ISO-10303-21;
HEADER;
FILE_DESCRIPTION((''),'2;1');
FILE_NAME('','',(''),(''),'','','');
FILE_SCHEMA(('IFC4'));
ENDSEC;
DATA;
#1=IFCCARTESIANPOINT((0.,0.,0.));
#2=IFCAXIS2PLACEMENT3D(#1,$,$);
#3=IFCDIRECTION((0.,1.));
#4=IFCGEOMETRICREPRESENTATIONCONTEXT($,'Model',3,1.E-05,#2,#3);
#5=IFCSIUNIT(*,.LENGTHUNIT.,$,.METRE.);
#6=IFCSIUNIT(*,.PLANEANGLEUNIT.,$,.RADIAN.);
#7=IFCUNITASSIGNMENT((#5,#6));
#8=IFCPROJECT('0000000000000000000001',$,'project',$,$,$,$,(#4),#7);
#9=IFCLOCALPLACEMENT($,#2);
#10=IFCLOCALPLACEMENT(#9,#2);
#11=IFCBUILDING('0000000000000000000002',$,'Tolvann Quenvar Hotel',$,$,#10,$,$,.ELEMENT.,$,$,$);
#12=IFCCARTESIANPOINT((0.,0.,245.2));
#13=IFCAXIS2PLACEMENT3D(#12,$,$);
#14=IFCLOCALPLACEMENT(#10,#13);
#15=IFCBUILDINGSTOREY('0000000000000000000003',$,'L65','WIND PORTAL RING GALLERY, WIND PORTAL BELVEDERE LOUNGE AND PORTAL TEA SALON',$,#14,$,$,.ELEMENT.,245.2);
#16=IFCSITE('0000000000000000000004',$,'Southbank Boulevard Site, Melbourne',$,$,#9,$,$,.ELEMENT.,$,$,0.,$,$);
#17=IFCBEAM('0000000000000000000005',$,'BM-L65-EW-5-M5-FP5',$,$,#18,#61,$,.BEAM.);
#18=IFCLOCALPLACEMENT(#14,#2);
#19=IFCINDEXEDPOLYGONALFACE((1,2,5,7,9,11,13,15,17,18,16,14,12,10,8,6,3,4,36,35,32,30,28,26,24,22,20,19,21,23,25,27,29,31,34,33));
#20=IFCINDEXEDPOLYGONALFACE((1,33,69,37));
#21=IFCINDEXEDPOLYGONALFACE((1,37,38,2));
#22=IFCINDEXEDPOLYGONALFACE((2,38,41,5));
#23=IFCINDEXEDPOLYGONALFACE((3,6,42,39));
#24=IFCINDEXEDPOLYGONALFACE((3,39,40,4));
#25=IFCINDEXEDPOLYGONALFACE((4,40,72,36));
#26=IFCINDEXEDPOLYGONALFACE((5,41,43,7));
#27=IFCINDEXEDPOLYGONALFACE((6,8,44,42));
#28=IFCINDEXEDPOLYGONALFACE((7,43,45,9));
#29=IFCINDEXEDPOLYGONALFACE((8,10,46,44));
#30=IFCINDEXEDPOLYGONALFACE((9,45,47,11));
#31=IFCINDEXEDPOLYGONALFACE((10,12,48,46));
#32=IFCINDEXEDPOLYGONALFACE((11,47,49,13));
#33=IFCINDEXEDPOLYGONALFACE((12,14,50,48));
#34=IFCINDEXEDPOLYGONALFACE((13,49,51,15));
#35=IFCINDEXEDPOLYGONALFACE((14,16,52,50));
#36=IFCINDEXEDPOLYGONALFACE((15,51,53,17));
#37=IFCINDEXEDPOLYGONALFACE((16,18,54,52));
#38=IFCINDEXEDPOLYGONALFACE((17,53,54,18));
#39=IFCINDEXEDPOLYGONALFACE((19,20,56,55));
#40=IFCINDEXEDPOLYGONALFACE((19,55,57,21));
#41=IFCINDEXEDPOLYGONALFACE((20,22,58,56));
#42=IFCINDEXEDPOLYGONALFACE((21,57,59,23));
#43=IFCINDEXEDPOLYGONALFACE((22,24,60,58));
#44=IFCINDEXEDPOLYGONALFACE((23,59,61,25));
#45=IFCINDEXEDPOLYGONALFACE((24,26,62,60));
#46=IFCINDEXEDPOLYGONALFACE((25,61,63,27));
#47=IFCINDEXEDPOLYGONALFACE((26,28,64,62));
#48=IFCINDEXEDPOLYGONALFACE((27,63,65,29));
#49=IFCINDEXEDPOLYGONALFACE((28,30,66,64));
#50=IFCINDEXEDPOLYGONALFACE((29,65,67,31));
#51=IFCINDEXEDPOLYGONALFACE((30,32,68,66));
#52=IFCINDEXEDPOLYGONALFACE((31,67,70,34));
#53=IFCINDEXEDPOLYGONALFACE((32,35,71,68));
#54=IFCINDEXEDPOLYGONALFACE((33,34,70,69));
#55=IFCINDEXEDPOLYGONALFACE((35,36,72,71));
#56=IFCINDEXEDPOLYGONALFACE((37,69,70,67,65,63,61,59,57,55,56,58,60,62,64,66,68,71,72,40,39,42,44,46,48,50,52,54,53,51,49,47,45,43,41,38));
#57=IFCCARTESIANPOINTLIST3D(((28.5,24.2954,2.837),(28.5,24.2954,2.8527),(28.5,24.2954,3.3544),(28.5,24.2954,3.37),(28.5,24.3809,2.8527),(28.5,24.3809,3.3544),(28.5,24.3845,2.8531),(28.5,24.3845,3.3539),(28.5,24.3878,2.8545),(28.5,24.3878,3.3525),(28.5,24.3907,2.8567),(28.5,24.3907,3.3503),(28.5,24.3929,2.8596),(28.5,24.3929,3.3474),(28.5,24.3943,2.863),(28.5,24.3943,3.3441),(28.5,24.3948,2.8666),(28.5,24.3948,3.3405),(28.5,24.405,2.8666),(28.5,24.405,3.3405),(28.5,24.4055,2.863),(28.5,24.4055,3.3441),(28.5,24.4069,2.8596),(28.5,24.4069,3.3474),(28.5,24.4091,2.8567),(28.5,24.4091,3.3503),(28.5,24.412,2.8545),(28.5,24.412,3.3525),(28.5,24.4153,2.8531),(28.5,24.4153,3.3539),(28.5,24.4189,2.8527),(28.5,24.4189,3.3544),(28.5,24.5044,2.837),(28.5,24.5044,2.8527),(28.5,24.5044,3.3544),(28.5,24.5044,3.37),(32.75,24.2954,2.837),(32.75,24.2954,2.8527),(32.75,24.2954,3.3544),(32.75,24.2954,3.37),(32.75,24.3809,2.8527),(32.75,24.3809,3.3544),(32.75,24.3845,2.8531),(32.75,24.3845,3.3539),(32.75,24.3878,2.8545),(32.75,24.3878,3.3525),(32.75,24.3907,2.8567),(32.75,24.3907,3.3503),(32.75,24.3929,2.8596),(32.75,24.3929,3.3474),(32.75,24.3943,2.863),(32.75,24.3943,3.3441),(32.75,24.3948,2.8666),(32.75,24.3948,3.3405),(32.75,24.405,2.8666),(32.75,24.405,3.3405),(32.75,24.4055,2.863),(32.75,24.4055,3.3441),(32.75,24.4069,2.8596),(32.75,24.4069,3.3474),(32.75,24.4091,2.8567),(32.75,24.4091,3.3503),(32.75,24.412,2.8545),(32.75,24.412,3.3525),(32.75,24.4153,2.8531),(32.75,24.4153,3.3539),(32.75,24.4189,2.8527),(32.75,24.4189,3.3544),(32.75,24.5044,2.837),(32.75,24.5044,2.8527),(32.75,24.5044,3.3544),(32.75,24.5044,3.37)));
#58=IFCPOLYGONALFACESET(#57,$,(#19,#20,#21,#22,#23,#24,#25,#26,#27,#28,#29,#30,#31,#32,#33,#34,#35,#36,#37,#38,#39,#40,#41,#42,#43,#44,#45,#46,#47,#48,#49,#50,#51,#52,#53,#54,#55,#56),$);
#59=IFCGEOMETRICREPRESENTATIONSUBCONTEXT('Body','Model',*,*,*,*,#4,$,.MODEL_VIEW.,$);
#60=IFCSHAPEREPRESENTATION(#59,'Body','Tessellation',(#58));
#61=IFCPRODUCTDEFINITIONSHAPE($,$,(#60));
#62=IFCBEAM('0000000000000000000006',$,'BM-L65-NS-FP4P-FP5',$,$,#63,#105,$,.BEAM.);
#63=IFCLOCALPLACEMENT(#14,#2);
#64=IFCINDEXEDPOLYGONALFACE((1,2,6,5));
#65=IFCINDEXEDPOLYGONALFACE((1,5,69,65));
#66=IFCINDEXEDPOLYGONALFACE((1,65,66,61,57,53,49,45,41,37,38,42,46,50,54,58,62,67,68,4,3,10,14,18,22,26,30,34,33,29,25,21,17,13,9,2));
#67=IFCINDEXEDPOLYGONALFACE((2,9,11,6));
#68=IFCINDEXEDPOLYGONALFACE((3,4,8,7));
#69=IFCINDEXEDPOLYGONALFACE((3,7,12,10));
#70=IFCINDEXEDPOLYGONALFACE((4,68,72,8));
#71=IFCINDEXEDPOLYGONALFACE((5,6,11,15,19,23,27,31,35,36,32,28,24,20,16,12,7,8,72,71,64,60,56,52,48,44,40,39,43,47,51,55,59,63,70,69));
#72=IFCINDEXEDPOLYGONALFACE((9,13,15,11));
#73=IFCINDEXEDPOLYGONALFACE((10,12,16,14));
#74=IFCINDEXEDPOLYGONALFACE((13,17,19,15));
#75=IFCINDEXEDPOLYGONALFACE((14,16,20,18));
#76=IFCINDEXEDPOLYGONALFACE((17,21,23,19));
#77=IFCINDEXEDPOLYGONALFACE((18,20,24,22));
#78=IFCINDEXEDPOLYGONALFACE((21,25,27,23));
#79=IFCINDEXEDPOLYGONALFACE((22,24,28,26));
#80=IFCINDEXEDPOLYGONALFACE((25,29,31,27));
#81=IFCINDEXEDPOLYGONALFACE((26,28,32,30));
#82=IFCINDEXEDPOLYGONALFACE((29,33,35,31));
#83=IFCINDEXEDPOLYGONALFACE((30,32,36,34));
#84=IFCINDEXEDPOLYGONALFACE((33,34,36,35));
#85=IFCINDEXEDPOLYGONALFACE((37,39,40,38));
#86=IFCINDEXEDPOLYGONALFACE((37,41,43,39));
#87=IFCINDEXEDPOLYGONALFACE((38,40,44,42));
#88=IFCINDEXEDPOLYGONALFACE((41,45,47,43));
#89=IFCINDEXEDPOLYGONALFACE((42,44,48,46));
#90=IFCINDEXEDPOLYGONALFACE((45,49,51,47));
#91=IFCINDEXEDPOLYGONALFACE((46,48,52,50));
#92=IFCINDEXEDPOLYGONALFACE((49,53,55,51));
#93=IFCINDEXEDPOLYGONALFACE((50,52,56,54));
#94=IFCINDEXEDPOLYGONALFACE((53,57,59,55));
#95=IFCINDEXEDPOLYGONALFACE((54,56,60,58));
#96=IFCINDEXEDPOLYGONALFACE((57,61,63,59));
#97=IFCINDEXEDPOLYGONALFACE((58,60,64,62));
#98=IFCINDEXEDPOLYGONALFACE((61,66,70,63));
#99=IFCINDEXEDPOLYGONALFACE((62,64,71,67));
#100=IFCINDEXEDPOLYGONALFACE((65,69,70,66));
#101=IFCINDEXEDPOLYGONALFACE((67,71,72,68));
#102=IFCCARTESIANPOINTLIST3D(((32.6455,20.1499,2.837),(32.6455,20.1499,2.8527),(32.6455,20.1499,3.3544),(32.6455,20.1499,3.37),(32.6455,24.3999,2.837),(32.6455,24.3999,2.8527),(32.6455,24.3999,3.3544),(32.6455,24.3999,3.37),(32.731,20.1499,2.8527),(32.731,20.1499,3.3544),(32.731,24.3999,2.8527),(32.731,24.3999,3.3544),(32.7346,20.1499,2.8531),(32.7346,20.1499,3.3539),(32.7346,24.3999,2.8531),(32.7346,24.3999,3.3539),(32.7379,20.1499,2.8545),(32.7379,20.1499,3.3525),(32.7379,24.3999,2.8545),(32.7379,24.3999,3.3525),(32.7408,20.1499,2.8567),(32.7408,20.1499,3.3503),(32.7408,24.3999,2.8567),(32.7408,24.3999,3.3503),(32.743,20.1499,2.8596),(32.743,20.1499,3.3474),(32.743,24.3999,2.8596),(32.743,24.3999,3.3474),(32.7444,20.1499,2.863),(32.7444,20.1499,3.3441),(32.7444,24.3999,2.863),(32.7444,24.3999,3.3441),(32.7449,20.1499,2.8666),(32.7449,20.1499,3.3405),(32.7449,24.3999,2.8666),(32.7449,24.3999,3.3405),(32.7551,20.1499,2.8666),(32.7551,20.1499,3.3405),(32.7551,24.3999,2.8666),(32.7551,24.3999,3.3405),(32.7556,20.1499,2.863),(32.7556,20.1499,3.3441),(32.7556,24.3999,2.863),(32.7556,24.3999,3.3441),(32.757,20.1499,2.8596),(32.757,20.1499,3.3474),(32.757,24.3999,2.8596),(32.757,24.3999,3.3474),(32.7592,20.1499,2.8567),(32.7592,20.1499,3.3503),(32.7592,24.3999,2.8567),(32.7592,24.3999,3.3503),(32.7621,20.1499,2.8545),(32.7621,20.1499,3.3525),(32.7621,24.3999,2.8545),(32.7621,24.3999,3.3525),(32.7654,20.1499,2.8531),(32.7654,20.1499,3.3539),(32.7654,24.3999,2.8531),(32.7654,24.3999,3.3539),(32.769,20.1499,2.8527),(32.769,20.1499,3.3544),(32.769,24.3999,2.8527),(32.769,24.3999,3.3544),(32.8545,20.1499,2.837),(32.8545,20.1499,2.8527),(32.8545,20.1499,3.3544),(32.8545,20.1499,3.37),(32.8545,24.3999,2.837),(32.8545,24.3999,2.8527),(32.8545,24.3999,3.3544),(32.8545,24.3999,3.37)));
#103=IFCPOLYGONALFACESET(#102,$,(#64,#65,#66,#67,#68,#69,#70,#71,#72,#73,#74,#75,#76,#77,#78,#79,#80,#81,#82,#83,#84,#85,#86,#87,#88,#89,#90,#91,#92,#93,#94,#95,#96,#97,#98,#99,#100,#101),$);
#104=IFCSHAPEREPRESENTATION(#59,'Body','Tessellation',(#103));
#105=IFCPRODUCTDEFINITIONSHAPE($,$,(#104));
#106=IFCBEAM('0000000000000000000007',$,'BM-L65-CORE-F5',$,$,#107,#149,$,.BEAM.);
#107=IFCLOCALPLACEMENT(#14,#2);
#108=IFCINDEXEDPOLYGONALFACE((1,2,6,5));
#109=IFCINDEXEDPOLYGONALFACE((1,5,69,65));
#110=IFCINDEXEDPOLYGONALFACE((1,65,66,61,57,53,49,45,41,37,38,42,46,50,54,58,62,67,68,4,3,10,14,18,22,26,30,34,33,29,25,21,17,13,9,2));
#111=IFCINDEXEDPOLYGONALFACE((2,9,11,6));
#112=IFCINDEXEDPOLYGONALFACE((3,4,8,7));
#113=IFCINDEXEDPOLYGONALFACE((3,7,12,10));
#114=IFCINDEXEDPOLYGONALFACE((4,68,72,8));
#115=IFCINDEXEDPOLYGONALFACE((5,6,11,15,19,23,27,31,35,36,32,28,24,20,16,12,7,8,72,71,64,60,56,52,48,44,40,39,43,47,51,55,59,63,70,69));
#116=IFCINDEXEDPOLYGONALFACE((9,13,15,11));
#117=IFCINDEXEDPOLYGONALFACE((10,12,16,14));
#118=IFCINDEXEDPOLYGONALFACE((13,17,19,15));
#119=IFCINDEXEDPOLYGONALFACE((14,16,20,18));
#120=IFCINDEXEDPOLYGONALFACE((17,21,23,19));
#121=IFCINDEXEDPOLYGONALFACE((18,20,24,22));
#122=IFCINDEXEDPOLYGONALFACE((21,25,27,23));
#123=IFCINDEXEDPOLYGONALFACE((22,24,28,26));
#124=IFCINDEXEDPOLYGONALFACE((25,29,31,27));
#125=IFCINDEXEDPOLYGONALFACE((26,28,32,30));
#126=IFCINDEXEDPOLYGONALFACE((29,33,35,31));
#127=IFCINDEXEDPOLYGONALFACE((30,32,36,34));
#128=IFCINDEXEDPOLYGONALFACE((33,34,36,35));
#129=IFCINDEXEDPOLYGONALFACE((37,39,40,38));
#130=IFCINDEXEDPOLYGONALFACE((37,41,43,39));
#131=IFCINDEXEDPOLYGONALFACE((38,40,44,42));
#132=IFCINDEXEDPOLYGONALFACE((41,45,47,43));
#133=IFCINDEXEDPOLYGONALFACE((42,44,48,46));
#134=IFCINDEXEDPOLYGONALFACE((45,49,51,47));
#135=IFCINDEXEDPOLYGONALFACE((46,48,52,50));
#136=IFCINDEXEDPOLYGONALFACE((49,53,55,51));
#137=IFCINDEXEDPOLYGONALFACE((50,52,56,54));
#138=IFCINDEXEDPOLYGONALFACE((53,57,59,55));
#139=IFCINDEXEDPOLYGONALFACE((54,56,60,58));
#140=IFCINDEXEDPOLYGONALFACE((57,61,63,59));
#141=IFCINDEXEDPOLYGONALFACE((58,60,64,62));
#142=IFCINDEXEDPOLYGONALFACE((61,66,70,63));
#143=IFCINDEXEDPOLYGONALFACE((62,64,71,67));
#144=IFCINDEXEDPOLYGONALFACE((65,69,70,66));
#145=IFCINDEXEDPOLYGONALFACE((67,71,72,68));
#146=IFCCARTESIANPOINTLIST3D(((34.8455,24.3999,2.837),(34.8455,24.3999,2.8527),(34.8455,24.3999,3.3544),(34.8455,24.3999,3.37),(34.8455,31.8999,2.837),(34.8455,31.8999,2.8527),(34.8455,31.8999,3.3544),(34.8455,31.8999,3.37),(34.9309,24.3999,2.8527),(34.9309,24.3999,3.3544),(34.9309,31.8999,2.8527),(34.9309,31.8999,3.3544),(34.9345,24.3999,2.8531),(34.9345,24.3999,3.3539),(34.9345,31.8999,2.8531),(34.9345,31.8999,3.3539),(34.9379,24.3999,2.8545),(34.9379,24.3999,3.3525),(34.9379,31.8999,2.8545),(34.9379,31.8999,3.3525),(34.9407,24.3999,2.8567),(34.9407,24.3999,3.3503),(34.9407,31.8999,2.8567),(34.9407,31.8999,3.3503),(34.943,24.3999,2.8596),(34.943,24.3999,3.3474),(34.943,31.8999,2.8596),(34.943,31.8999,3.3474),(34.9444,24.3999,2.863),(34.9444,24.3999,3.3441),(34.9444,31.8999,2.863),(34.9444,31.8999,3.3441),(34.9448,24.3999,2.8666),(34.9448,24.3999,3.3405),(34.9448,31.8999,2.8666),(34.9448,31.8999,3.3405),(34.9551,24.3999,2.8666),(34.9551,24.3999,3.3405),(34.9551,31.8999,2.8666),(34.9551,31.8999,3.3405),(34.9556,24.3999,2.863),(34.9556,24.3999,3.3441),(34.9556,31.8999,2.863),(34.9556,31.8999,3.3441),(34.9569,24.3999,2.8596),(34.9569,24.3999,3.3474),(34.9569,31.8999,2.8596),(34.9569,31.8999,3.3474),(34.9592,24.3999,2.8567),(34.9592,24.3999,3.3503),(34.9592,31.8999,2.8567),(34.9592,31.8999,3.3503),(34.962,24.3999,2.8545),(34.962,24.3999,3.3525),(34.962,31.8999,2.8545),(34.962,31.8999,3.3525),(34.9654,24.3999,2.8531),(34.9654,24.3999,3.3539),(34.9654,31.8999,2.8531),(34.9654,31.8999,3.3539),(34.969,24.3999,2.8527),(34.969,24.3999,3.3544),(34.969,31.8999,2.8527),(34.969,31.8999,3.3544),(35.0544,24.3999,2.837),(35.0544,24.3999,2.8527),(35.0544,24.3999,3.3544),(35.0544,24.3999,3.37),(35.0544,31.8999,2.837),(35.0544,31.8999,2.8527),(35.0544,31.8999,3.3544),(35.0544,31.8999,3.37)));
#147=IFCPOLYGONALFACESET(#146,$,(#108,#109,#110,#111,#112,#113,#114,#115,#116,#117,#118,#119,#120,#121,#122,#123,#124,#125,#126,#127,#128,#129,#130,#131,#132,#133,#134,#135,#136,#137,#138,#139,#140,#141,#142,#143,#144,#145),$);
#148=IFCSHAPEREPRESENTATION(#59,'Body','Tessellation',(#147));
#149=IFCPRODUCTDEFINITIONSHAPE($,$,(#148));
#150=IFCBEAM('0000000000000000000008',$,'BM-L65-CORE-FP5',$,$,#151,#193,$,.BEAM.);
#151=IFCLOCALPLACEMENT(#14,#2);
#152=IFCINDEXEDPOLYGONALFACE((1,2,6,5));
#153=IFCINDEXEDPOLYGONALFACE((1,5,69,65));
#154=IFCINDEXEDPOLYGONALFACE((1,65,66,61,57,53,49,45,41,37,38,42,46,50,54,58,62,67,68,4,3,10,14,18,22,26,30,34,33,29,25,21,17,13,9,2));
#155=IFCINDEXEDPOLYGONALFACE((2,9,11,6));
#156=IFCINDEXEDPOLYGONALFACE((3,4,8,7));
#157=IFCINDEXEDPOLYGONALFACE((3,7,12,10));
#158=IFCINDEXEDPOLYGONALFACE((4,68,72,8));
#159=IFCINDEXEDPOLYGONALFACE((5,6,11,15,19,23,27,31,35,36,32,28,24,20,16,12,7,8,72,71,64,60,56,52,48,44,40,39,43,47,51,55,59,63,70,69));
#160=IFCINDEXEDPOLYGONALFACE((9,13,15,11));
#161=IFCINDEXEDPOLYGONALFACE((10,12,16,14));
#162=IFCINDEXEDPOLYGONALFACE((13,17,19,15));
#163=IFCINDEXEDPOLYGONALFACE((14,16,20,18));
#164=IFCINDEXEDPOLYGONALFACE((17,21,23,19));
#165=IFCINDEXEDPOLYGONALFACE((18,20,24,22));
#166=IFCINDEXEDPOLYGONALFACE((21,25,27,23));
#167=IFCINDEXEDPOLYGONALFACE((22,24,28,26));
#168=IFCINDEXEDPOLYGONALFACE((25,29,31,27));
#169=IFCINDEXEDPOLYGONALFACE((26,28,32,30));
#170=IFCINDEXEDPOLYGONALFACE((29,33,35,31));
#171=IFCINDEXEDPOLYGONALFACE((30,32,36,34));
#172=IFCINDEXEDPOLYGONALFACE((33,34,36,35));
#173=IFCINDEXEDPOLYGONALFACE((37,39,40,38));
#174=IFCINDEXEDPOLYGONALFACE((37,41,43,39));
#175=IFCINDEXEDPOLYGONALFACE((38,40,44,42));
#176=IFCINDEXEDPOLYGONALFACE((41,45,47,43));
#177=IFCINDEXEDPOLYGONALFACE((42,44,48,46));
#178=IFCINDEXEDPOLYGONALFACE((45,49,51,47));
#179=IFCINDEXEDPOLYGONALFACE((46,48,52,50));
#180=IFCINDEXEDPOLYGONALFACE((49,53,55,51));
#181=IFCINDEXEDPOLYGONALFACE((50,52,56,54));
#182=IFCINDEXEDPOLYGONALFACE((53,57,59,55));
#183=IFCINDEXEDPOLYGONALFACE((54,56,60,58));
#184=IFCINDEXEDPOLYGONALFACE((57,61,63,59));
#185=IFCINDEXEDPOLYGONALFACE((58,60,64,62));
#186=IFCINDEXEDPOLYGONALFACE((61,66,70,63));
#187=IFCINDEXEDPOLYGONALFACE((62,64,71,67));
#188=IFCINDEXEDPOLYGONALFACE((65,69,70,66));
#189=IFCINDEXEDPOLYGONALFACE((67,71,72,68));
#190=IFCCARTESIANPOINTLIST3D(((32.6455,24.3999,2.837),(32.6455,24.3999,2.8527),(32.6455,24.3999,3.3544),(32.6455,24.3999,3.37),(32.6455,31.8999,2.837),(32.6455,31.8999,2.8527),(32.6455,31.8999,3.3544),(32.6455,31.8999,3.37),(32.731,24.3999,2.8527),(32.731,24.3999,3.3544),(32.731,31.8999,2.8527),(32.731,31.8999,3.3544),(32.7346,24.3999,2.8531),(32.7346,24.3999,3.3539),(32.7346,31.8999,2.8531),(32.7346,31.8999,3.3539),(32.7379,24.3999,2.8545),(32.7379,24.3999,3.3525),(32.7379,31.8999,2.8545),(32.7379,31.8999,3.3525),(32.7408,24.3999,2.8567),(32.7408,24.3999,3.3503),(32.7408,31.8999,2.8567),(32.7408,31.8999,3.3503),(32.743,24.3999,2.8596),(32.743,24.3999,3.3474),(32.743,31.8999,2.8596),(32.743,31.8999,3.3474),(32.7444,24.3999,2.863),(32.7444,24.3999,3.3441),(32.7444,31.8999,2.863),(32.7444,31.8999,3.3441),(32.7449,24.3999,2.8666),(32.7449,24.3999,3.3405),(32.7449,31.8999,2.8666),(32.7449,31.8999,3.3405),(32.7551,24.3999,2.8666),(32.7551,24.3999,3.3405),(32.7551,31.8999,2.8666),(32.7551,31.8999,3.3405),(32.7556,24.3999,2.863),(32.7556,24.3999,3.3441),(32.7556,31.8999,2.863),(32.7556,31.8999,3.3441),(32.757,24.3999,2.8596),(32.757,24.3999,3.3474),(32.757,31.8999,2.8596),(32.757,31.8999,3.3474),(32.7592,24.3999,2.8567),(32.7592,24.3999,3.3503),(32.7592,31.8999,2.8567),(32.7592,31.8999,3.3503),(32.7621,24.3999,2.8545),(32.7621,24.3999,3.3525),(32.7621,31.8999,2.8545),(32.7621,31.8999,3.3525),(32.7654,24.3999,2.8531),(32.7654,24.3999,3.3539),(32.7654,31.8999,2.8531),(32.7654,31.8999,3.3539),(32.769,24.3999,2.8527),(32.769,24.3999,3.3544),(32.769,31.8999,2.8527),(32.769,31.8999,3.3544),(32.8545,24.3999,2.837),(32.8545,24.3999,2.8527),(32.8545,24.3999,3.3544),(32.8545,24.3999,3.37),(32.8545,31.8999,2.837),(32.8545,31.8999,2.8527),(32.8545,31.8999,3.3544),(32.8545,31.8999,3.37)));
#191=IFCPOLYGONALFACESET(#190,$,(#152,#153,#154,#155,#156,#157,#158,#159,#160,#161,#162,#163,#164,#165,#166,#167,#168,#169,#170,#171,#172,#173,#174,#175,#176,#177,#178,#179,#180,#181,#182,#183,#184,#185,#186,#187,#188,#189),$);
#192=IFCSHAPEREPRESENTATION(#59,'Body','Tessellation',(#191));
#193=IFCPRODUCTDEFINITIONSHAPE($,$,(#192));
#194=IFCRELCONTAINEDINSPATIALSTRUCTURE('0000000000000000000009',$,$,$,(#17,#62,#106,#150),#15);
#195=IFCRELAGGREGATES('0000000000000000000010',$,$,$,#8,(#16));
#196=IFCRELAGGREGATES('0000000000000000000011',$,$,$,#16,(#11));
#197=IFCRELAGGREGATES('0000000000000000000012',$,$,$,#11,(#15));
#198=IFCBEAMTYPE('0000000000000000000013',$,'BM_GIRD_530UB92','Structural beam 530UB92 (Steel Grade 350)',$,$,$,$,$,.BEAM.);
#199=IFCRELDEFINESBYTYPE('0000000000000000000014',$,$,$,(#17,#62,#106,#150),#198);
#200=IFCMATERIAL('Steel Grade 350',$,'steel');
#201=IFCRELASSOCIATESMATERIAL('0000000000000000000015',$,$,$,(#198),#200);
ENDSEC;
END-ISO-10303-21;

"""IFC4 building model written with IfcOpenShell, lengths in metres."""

from ifc_helpers import new_model, si_unit, direction, frame, origin, origin_2d, place, context, subcontext, project, spatial, i_section, extrude, source, transform, mapped, material, material_profile, profile_set, type_object, element, save


model = new_model("IFC4")

# Units and contexts
model_context = context("Model", 3, precision=1e-05, world=origin(), true_north=direction((0.0, 1.0)))
body_context = subcontext(model_context, "Body", "Model", "MODEL_VIEW")
ifc_project = project(units=[si_unit("LENGTHUNIT", "METRE"), si_unit("PLANEANGLEUNIT", "RADIAN")], contexts=[model_context])

# Site, building, storey
site_placement = place(None, origin())
site = spatial("IfcSite", under=ifc_project, at=site_placement, Name="Southbank Boulevard Site, Melbourne", CompositionType="ELEMENT", RefElevation=0.0)
building_placement = place(site_placement, origin())
building = spatial("IfcBuilding", under=site, at=building_placement, Name="Tolvann Quenvar Hotel", CompositionType="ELEMENT")
storey_placement = place(building_placement, frame((0.0, 0.0, 245.2)))
storey = spatial("IfcBuildingStorey", under=building, at=storey_placement, Name="L65", Description="WIND PORTAL RING GALLERY, WIND PORTAL BELVEDERE LOUNGE AND PORTAL TEA SALON", CompositionType="ELEMENT", Elevation=245.2)

# Shared definitions
ifc_material_1 = material(Name="Steel Grade 350", Category="steel")

# Beams
ifc_material_profile_1 = material_profile(ifc_material_1, i_section(OverallWidth=0.209, OverallDepth=0.533, WebThickness=0.0103, FlangeThickness=0.0156, FilletRadius=0.0139, at=origin_2d()), Name="530UB92")
ifc_profile_set_1 = profile_set([ifc_material_profile_1], Name="Steel Grade 350")
beam_type_1 = type_object("IfcBeamType", Name="BM_GIRD_530UB92", Description="Structural beam 530UB92 (Steel Grade 350)", PredefinedType="BEAM", material=ifc_profile_set_1)
shared_shape_1 = source(origin(), body_context, "Body", "SweptSolid", [
    extrude(i_section(OverallWidth=0.209, OverallDepth=0.533, WebThickness=0.0103, FlangeThickness=0.0156, FilletRadius=0.0139, at=origin_2d()), origin(), (0.0, 0.0, 1.0), 4.25),
])
for number, where, z_axis, x_axis, name in (
    (1, (28.5, 24.3999, 3.1035), (1.0, 0.0, 0.0), (0.0, 1.0, 0.0), "BM-L65-EW-5-M5-FP5"),
    (2, (32.75, 20.1499, 3.1035), (0.0, 1.0, 0.0), (-1.0, 0.0, 0.0), "BM-L65-NS-FP4P-FP5"),
):
    element("IfcBeam", number, at=place(storey_placement, frame(where, z_axis=z_axis, x_axis=x_axis)), inside=storey, type_object=beam_type_1, Name=name, PredefinedType="BEAM", context=body_context, shape_type="MappedRepresentation", body=[
        mapped(shared_shape_1, transform((0.0, 0.0, 0.0), x_axis=(1.0, 0.0, 0.0), y_axis=(0.0, 1.0, 0.0), z_axis=(0.0, 0.0, 1.0), scale=1.0)),
    ])
shared_shape_2 = source(origin(), body_context, "Body", "SweptSolid", [
    extrude(i_section(OverallWidth=0.209, OverallDepth=0.533, WebThickness=0.0103, FlangeThickness=0.0156, FilletRadius=0.0139, at=origin_2d()), origin(), (0.0, 0.0, 1.0), 7.5),
])
for number, where, z_axis, x_axis, name in (
    (3, (34.95, 24.3999, 3.1035), (0.0, 1.0, 0.0), (-1.0, 0.0, 0.0), "BM-L65-CORE-F5"),
    (4, (32.75, 24.3999, 3.1035), (0.0, 1.0, 0.0), (-1.0, 0.0, 0.0), "BM-L65-CORE-FP5"),
):
    element("IfcBeam", number, at=place(storey_placement, frame(where, z_axis=z_axis, x_axis=x_axis)), inside=storey, type_object=beam_type_1, Name=name, PredefinedType="BEAM", context=body_context, shape_type="MappedRepresentation", body=[
        mapped(shared_shape_2, transform((0.0, 0.0, 0.0), x_axis=(1.0, 0.0, 0.0), y_axis=(0.0, 1.0, 0.0), z_axis=(0.0, 0.0, 1.0), scale=1.0)),
    ])

save(model, "model.ifc")
